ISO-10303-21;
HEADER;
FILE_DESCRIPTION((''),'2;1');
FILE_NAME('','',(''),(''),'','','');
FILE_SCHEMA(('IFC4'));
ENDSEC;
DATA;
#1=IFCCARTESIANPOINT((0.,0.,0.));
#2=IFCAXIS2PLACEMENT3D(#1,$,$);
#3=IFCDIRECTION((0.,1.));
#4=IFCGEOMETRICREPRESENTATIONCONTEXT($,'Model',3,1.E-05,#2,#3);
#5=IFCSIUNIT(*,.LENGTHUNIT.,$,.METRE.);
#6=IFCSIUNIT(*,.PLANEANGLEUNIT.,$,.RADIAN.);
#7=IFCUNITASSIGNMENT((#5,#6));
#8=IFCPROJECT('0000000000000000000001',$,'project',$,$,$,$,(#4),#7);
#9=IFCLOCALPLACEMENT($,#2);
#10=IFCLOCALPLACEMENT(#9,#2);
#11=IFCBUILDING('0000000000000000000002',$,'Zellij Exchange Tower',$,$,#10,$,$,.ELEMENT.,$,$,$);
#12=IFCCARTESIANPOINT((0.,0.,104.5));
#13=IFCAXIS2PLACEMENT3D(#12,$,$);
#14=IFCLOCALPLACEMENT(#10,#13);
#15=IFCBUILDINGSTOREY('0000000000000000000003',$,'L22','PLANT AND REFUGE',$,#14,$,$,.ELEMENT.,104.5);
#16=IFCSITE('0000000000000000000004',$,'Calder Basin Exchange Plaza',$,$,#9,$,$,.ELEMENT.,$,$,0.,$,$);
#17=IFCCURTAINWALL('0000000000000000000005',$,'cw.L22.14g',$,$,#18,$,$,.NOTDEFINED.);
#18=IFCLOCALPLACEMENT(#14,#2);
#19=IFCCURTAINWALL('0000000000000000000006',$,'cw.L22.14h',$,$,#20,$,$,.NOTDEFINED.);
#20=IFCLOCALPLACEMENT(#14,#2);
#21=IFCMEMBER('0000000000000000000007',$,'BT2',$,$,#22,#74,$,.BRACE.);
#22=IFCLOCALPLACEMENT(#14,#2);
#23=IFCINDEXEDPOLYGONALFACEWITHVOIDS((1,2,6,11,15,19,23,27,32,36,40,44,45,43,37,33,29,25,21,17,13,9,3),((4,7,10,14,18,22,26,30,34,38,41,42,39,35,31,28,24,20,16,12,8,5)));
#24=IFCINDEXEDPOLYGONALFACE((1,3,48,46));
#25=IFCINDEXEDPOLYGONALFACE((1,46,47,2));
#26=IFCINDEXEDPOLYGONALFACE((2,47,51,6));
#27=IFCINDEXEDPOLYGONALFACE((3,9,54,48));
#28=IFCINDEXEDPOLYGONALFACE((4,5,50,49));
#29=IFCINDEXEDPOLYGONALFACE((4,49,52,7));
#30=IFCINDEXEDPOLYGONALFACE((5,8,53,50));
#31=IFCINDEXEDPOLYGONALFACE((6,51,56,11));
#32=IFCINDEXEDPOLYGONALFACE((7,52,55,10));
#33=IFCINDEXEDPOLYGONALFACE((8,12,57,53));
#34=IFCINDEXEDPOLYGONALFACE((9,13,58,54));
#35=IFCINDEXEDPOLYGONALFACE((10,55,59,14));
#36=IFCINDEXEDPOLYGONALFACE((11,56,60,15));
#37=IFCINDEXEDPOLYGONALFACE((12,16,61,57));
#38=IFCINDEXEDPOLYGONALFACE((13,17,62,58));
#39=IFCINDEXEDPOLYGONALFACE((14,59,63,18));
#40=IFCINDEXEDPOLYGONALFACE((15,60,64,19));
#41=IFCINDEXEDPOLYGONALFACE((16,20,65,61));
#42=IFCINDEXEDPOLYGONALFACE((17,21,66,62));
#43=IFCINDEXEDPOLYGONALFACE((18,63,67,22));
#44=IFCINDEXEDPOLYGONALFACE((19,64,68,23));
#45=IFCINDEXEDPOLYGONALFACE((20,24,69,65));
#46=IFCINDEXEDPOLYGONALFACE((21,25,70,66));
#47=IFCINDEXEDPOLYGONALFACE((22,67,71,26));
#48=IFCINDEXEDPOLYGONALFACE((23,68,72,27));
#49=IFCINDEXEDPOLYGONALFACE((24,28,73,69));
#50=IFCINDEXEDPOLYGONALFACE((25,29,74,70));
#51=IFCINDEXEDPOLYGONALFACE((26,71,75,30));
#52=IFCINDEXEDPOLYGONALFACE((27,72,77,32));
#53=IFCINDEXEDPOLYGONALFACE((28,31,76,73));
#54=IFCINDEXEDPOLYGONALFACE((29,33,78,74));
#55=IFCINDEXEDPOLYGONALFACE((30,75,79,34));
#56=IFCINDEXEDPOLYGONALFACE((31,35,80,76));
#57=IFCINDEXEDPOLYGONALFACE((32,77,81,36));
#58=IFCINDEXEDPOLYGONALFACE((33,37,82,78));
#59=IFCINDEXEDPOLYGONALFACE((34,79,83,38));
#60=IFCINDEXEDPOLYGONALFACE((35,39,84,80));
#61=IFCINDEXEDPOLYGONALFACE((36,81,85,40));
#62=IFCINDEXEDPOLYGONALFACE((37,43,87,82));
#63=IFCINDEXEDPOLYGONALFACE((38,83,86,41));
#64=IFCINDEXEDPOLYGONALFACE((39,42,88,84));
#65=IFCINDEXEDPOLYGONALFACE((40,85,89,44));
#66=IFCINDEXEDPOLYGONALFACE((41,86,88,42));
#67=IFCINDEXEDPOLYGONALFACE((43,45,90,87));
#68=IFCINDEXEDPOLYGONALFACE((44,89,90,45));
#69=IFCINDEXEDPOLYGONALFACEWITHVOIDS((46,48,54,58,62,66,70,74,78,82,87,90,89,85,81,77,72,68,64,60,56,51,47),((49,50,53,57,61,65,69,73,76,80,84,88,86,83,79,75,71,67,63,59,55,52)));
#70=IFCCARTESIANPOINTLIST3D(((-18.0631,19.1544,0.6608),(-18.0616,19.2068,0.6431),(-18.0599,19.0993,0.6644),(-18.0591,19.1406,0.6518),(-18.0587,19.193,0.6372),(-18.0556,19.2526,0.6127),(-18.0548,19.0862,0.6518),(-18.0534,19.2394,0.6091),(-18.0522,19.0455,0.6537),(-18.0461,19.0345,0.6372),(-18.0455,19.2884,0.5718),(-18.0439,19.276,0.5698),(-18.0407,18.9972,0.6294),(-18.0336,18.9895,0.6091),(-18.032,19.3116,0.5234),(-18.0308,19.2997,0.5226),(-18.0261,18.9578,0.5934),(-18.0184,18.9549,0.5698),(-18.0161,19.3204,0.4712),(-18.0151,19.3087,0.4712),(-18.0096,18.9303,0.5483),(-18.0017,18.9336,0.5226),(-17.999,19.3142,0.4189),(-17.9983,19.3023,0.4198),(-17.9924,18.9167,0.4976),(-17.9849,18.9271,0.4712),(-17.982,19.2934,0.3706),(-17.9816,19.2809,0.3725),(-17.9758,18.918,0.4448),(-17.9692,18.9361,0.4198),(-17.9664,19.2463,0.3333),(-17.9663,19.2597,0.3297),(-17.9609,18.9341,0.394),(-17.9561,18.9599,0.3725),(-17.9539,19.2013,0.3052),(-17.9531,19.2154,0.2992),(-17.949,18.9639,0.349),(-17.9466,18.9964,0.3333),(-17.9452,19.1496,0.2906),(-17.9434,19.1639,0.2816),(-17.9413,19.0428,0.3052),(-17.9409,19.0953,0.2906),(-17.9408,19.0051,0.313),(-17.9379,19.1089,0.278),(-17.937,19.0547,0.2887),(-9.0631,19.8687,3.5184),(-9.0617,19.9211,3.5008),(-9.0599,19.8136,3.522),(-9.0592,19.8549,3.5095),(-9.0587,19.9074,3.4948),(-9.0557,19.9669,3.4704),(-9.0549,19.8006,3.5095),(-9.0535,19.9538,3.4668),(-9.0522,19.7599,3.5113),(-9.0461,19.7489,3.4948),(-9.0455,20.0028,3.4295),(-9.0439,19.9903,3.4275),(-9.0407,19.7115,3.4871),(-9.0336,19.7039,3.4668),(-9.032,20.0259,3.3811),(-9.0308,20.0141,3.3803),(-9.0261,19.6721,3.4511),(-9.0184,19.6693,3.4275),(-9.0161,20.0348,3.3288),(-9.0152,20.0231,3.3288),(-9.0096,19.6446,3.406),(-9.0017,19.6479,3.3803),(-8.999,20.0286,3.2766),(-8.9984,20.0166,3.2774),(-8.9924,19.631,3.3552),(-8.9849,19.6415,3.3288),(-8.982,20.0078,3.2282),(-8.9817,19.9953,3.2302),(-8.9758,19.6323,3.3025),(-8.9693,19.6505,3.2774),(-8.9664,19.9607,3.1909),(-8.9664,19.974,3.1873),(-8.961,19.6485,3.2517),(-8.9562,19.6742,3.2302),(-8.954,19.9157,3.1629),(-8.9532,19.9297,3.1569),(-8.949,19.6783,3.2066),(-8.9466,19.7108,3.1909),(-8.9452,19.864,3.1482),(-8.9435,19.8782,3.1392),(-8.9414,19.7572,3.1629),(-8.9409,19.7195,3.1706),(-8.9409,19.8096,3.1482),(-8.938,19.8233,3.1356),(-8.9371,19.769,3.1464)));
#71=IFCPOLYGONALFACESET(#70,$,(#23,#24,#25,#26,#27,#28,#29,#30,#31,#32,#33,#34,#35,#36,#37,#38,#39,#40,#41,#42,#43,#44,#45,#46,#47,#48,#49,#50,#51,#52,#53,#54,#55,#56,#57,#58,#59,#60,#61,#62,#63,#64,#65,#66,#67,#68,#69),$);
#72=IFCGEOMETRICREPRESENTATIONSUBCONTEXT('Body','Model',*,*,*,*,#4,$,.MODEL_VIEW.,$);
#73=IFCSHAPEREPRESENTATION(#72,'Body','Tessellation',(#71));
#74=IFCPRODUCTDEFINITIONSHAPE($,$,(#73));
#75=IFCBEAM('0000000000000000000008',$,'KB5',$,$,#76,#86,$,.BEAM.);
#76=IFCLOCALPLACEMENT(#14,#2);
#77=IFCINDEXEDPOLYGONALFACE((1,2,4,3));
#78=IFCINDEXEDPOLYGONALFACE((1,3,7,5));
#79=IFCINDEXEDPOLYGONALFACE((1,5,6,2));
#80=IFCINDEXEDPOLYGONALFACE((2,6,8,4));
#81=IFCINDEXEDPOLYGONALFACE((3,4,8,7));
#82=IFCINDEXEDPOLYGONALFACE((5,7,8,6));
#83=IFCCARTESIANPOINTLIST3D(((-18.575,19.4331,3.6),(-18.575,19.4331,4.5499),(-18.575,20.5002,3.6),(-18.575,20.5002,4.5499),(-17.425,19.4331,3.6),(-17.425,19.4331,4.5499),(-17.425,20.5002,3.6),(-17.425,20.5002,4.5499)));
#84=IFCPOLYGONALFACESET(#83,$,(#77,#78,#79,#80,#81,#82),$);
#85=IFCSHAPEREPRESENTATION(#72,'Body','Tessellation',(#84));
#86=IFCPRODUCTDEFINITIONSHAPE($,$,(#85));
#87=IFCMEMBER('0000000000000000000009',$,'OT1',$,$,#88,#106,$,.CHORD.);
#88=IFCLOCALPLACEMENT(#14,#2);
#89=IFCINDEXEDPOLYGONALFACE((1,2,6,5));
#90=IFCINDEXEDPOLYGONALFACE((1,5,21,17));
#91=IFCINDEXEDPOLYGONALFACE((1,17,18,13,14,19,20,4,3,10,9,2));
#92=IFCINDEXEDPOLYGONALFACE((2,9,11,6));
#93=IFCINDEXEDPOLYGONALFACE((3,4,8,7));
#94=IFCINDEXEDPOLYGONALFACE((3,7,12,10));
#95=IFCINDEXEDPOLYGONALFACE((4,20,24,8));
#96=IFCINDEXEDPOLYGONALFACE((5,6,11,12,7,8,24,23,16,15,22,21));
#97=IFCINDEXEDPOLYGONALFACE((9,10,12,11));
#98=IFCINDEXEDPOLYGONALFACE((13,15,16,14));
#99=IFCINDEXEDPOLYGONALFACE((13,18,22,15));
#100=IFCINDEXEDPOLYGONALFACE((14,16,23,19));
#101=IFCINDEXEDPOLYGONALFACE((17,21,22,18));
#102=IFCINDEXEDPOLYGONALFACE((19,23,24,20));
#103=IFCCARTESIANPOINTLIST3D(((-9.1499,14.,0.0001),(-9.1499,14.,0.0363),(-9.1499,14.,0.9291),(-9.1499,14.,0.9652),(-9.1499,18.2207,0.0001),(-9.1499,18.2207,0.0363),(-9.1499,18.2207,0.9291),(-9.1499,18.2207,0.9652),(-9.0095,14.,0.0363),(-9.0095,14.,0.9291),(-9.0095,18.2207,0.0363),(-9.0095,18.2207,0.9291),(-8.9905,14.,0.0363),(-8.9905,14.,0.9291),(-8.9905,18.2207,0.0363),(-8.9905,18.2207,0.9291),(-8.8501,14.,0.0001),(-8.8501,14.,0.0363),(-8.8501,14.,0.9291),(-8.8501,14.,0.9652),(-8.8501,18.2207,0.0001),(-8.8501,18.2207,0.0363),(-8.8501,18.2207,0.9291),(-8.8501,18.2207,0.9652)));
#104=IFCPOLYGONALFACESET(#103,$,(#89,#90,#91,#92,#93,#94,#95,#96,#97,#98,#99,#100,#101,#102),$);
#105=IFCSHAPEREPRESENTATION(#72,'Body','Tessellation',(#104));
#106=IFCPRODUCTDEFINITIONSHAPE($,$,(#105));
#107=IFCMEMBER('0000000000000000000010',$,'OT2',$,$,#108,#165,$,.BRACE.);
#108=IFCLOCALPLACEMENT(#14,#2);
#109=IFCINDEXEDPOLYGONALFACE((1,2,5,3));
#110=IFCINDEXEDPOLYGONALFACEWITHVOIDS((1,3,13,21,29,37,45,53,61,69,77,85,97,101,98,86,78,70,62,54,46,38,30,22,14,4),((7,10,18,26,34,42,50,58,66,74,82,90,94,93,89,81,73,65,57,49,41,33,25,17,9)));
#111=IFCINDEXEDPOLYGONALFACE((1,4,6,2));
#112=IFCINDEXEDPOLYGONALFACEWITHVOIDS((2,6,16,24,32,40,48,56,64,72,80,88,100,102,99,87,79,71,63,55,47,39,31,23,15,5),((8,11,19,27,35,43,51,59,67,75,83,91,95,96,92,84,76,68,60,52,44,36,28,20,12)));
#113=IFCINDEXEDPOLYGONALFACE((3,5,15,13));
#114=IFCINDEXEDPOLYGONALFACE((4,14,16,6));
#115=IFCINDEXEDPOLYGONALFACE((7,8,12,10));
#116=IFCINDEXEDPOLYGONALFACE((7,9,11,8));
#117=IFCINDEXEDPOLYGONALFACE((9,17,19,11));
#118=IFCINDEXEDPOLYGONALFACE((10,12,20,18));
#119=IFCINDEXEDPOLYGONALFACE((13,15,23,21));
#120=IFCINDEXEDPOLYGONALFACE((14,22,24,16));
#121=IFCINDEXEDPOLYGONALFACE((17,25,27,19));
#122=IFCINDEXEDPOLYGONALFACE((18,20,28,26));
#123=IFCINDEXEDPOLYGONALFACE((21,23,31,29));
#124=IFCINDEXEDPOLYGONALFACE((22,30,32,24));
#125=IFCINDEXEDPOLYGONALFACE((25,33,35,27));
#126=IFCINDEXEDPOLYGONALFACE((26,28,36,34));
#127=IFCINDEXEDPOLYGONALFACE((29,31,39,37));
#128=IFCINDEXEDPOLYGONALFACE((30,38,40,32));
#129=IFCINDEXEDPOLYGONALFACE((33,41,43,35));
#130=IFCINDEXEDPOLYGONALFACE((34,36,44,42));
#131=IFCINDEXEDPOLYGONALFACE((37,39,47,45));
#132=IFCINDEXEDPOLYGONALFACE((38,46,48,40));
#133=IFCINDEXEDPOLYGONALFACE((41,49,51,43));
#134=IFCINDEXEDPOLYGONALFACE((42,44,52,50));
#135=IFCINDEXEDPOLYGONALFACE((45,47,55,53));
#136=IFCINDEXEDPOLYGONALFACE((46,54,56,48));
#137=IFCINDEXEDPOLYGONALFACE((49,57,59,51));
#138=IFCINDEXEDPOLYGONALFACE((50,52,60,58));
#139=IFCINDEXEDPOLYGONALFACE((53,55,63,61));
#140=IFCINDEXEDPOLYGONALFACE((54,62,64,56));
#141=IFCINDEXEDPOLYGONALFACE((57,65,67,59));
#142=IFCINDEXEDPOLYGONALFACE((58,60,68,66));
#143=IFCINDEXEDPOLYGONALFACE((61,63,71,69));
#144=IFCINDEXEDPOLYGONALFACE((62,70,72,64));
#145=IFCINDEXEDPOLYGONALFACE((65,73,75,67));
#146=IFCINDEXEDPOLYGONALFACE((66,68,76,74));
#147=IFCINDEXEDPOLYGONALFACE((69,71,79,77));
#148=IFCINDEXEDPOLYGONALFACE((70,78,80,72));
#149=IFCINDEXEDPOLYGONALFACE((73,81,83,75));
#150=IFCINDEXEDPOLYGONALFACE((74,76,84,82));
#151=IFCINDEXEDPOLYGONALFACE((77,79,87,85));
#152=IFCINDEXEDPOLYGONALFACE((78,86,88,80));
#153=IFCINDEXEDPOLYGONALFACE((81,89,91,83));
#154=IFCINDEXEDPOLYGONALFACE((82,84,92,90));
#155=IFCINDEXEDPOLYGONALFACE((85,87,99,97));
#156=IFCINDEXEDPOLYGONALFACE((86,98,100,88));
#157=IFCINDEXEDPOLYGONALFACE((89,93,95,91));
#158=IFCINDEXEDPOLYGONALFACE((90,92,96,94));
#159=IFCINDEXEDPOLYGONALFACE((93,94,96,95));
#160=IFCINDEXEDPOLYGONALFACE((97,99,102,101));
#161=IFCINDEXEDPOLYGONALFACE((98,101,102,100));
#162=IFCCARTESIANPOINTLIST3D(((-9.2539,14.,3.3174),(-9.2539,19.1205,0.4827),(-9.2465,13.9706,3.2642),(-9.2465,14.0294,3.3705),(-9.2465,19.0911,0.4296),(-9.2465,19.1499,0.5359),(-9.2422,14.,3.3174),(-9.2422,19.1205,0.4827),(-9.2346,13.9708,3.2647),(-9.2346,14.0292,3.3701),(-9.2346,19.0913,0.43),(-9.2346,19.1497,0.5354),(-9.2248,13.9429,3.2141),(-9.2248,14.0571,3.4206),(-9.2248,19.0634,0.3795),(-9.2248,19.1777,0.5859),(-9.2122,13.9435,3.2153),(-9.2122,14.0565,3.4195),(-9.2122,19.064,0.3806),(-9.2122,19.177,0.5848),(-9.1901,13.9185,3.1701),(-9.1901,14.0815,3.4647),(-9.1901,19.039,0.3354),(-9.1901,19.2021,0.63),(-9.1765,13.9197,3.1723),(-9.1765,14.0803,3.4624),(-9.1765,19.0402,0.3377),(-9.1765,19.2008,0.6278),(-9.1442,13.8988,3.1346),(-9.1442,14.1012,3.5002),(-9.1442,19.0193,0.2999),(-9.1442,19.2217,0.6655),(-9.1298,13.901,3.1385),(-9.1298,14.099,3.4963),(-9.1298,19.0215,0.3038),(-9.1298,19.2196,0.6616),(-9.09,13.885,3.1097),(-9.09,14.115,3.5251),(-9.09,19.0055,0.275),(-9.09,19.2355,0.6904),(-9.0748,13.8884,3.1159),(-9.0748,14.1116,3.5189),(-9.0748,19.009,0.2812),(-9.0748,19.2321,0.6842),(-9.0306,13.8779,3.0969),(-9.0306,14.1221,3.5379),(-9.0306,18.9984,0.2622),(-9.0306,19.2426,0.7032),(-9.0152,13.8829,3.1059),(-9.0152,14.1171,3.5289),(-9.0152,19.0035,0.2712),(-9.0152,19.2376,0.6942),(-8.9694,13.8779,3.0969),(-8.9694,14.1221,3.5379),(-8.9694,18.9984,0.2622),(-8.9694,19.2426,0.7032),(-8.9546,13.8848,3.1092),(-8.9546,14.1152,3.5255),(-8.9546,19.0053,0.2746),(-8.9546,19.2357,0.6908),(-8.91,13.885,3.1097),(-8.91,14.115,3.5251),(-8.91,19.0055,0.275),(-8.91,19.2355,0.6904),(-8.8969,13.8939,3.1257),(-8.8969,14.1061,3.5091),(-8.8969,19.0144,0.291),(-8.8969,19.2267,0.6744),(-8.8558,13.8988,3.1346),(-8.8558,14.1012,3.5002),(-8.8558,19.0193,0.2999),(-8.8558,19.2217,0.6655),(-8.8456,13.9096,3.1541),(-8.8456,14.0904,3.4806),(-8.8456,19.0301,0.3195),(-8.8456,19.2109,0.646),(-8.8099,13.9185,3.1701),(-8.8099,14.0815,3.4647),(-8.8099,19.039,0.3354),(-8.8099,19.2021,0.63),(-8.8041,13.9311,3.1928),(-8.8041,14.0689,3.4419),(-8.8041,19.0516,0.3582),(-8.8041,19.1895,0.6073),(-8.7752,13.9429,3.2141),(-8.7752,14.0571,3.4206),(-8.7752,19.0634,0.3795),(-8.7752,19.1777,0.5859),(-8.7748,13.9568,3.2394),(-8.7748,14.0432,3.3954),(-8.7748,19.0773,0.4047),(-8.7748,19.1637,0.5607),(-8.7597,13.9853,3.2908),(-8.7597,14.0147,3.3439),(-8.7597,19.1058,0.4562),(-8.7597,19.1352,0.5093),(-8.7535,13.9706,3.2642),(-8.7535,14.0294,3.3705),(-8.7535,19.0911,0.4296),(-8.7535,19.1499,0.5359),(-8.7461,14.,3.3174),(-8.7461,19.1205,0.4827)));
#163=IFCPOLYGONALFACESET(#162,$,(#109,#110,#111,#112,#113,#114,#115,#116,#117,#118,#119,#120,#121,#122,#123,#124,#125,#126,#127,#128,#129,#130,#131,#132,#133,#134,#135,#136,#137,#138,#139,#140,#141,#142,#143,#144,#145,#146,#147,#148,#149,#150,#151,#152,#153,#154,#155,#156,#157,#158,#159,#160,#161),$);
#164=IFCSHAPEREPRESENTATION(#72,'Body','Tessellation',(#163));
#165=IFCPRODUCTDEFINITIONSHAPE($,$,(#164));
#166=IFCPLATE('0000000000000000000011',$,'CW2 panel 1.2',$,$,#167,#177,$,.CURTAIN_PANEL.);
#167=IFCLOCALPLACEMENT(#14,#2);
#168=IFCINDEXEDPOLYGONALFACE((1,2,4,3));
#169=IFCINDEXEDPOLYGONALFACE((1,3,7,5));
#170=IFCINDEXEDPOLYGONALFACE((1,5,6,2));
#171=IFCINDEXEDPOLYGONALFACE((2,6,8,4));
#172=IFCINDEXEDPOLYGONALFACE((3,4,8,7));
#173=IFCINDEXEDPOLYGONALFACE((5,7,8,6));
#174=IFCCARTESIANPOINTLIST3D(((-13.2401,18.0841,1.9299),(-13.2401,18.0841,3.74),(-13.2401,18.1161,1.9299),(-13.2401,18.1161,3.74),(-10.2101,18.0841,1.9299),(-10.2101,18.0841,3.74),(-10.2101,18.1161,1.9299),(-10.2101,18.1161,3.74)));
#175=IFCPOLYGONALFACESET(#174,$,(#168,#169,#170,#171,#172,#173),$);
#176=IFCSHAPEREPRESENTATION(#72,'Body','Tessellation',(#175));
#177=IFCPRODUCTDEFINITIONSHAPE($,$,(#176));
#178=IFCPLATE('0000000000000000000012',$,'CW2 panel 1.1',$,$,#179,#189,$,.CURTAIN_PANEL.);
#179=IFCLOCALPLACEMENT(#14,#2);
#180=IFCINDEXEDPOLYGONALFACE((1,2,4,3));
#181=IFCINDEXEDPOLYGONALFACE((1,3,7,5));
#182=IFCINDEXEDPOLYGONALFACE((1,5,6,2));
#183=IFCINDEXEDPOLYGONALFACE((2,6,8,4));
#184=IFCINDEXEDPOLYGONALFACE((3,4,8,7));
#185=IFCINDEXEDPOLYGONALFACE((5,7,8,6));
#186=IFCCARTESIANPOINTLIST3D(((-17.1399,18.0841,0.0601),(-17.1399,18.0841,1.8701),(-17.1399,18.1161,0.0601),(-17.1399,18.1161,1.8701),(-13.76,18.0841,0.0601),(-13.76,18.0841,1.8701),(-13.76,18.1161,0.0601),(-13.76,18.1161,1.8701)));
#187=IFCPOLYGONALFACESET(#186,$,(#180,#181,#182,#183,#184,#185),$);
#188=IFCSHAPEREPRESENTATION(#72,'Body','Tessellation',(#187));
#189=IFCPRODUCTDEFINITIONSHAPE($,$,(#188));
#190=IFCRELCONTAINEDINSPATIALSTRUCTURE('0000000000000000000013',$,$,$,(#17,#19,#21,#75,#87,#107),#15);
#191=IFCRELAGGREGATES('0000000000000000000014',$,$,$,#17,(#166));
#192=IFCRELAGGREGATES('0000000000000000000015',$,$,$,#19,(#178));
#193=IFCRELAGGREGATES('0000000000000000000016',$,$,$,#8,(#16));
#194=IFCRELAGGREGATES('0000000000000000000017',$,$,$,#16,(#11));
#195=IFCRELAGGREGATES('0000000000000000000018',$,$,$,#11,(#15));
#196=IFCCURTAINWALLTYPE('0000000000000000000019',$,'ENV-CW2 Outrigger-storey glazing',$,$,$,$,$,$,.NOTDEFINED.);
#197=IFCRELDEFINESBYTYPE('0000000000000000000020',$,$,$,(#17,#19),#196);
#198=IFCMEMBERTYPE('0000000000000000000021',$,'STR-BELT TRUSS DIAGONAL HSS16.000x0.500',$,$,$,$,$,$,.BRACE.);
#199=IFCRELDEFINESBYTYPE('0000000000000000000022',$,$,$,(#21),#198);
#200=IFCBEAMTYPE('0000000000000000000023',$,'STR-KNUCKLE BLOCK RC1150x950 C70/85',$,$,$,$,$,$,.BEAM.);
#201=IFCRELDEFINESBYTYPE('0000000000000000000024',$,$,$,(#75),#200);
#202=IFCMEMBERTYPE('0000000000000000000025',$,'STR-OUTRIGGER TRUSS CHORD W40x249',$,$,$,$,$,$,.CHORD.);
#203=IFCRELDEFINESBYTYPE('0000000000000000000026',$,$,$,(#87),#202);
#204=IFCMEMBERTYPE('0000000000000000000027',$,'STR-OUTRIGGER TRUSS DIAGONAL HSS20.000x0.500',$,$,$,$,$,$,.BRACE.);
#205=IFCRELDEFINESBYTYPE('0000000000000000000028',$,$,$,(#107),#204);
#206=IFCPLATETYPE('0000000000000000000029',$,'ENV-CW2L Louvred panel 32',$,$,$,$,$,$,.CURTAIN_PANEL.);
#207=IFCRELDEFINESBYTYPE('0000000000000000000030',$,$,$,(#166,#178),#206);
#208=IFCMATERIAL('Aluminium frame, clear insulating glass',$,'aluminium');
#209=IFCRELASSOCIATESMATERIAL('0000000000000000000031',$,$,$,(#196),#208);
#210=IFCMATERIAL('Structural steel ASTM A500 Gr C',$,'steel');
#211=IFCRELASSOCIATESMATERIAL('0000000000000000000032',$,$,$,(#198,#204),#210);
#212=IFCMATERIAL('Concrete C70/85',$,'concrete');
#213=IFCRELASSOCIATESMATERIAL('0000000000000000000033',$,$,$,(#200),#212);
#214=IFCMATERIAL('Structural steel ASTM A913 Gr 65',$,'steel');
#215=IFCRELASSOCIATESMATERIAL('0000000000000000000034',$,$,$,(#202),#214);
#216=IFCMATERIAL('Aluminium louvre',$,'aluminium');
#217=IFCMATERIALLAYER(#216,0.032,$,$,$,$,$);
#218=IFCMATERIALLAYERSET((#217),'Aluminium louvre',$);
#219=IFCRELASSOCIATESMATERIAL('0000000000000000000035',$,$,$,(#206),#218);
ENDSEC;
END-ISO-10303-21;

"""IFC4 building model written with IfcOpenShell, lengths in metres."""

from ifc_helpers import new_model, si_unit, direction, frame, origin, origin_2d, place, context, subcontext, project, spatial, rectangle, hollow_circle, i_section, extrude, material, layer, layer_set, material_profile, profile_set, type_object, element, aggregate, save


model = new_model("IFC4")

# Units and contexts
model_context = context("Model", 3, precision=1e-05, world=origin(), true_north=direction((0.0, 1.0)))
body_context = subcontext(model_context, "Body", "Model", "MODEL_VIEW")
ifc_project = project(units=[si_unit("LENGTHUNIT", "METRE"), si_unit("PLANEANGLEUNIT", "RADIAN")], contexts=[model_context])

# Site, building, storey
site_placement = place(None, origin())
site = spatial("IfcSite", under=ifc_project, at=site_placement, Name="Calder Basin Exchange Plaza", CompositionType="ELEMENT", RefElevation=0.0)
building_placement = place(site_placement, origin())
building = spatial("IfcBuilding", under=site, at=building_placement, Name="Zellij Exchange Tower", CompositionType="ELEMENT")
storey_placement = place(building_placement, frame((0.0, 0.0, 104.5)))
storey = spatial("IfcBuildingStorey", under=building, at=storey_placement, Name="L22", Description="PLANT AND REFUGE", CompositionType="ELEMENT", Elevation=104.5)

# Shared definitions
ifc_material_1 = material(Name="Concrete C70/85", Category="concrete")

# Curtain walls
ifc_material_2 = material(Name="Aluminium frame, clear insulating glass", Category="aluminium")
curtain_wall_type = type_object("IfcCurtainWallType", Name="ENV-CW2 Outrigger-storey glazing", PredefinedType="NOTDEFINED", material=ifc_material_2)
curtain_wall_1_placement = place(storey_placement, origin())
curtain_wall_1 = element("IfcCurtainWall", 1, at=curtain_wall_1_placement, inside=storey, type_object=curtain_wall_type, Name="cw.L22.14g", PredefinedType="NOTDEFINED")
curtain_wall_2_placement = place(storey_placement, origin())
curtain_wall_2 = element("IfcCurtainWall", 2, at=curtain_wall_2_placement, inside=storey, type_object=curtain_wall_type, Name="cw.L22.14h", PredefinedType="NOTDEFINED")

# Member
ifc_material_3 = material(Name="Structural steel ASTM A500 Gr C", Category="steel")
ifc_material_profile_1 = material_profile(ifc_material_3, hollow_circle(Radius=0.2031, WallThickness=0.0117, at=origin_2d()), Name="STR-BELT TRUSS DIAGONAL HSS16.000x0.500")
ifc_profile_set_1 = profile_set([ifc_material_profile_1], Name="Structural steel ASTM A500 Gr C")
member_type_1 = type_object("IfcMemberType", Name="STR-BELT TRUSS DIAGONAL HSS16.000x0.500", PredefinedType="BRACE", material=ifc_profile_set_1)
member_1_placement = place(storey_placement, frame((-18.0, 19.1179, 0.4712), z_axis=(0.950393, 0.075435, 0.301767), x_axis=(-0.079124, 0.996865, 0.0)))
element("IfcMember", 3, at=member_1_placement, inside=storey, type_object=member_type_1, Name="BT2", PredefinedType="BRACE", context=body_context, shape_type="SweptSolid", body=[
    extrude(hollow_circle(Radius=0.2031, WallThickness=0.0117, at=origin_2d()), origin(), (0.0, 0.0, 1.0), 9.4697),
])

# Beam
ifc_material_profile_2 = material_profile(ifc_material_1, rectangle(XDim=1.1499, YDim=0.95, at=origin_2d()), Name="STR-KNUCKLE BLOCK RC1150x950 C70/85")
ifc_profile_set_2 = profile_set([ifc_material_profile_2], Name="Concrete C70/85")
beam_type = type_object("IfcBeamType", Name="STR-KNUCKLE BLOCK RC1150x950 C70/85", PredefinedType="BEAM", material=ifc_profile_set_2)
beam_placement = place(storey_placement, frame((-18.0, 19.4331, 4.075), z_axis=(0.0, 1.0, 0.0), x_axis=(-1.0, 0.0, 0.0)))
element("IfcBeam", 4, at=beam_placement, inside=storey, type_object=beam_type, Name="KB5", PredefinedType="BEAM", context=body_context, shape_type="SweptSolid", body=[
    extrude(rectangle(XDim=1.1499, YDim=0.95, at=origin_2d()), origin(), (0.0, 0.0, 1.0), 1.0671),
])

# Members
ifc_material_4 = material(Name="Structural steel ASTM A913 Gr 65", Category="steel")
ifc_material_profile_3 = material_profile(ifc_material_4, i_section(OverallWidth=0.2998, OverallDepth=0.9651, WebThickness=0.019, FlangeThickness=0.0361, at=origin_2d()), Name="W40x249")
ifc_profile_set_3 = profile_set([ifc_material_profile_3], Name="Structural steel ASTM A913 Gr 65")
member_type_2 = type_object("IfcMemberType", Name="STR-OUTRIGGER TRUSS CHORD W40x249", PredefinedType="CHORD", material=ifc_profile_set_3)
member_2_placement = place(storey_placement, frame((-9.0, 14.0, 0.4827), z_axis=(0.0, 1.0, 0.0), x_axis=(-1.0, 0.0, 0.0)))
element("IfcMember", 5, at=member_2_placement, inside=storey, type_object=member_type_2, Name="OT1", PredefinedType="CHORD", context=body_context, shape_type="SweptSolid", body=[
    extrude(i_section(OverallWidth=0.2998, OverallDepth=0.9651, WebThickness=0.019, FlangeThickness=0.0361, at=origin_2d()), origin(), (0.0, 0.0, 1.0), 4.2207),
])
ifc_material_profile_4 = material_profile(ifc_material_3, hollow_circle(Radius=0.2539, WallThickness=0.0117, at=origin_2d()), Name="STR-OUTRIGGER TRUSS DIAGONAL HSS20.000x0.500")
ifc_profile_set_4 = profile_set([ifc_material_profile_4], Name="Structural steel ASTM A500 Gr C")
member_type_3 = type_object("IfcMemberType", Name="STR-OUTRIGGER TRUSS DIAGONAL HSS20.000x0.500", PredefinedType="BRACE", material=ifc_profile_set_4)
member_3_placement = place(storey_placement, frame((-9.0, 14.0, 3.3174), z_axis=(0.0, 0.874886, -0.484328), x_axis=(-1.0, 0.0, 0.0)))
element("IfcMember", 6, at=member_3_placement, inside=storey, type_object=member_type_3, Name="OT2", PredefinedType="BRACE", context=body_context, shape_type="SweptSolid", body=[
    extrude(hollow_circle(Radius=0.2539, WallThickness=0.0117, at=origin_2d()), origin(), (0.0, 0.0, 1.0), 5.8528),
])

# Plates
ifc_material_5 = material(Name="Aluminium louvre", Category="aluminium")
ifc_layer_1 = layer(ifc_material_5, 0.032)
ifc_layer_set_1 = layer_set([ifc_layer_1], Name="Aluminium louvre")
plate_type_1 = type_object("IfcPlateType", Name="ENV-CW2L Louvred panel 32", PredefinedType="CURTAIN_PANEL", material=ifc_layer_set_1)
plate_1_placement = place(storey_placement, frame((-11.7251, 18.1001, 1.9299), z_axis=(0.0, 0.0, 1.0), x_axis=(-1.0, 0.0, 0.0)))
plate_1 = element("IfcPlate", 7, at=plate_1_placement, type_object=plate_type_1, Name="CW2 panel 1.2", PredefinedType="CURTAIN_PANEL", context=body_context, shape_type="SweptSolid", body=[
    extrude(rectangle(XDim=3.03, YDim=0.032, at=origin_2d()), origin(), (0.0, 0.0, 1.0), 1.8101),
])
plate_2_placement = place(storey_placement, frame((-15.45, 18.1001, 0.0601), z_axis=(0.0, 0.0, 1.0), x_axis=(-1.0, 0.0, 0.0)))
plate_2 = element("IfcPlate", 8, at=plate_2_placement, type_object=plate_type_1, Name="CW2 panel 1.1", PredefinedType="CURTAIN_PANEL", context=body_context, shape_type="SweptSolid", body=[
    extrude(rectangle(XDim=3.3799, YDim=0.032, at=origin_2d()), origin(), (0.0, 0.0, 1.0), 1.8101),
])
aggregate(curtain_wall_1, [plate_1])
aggregate(curtain_wall_2, [plate_2])

save(model, "model.ifc")
